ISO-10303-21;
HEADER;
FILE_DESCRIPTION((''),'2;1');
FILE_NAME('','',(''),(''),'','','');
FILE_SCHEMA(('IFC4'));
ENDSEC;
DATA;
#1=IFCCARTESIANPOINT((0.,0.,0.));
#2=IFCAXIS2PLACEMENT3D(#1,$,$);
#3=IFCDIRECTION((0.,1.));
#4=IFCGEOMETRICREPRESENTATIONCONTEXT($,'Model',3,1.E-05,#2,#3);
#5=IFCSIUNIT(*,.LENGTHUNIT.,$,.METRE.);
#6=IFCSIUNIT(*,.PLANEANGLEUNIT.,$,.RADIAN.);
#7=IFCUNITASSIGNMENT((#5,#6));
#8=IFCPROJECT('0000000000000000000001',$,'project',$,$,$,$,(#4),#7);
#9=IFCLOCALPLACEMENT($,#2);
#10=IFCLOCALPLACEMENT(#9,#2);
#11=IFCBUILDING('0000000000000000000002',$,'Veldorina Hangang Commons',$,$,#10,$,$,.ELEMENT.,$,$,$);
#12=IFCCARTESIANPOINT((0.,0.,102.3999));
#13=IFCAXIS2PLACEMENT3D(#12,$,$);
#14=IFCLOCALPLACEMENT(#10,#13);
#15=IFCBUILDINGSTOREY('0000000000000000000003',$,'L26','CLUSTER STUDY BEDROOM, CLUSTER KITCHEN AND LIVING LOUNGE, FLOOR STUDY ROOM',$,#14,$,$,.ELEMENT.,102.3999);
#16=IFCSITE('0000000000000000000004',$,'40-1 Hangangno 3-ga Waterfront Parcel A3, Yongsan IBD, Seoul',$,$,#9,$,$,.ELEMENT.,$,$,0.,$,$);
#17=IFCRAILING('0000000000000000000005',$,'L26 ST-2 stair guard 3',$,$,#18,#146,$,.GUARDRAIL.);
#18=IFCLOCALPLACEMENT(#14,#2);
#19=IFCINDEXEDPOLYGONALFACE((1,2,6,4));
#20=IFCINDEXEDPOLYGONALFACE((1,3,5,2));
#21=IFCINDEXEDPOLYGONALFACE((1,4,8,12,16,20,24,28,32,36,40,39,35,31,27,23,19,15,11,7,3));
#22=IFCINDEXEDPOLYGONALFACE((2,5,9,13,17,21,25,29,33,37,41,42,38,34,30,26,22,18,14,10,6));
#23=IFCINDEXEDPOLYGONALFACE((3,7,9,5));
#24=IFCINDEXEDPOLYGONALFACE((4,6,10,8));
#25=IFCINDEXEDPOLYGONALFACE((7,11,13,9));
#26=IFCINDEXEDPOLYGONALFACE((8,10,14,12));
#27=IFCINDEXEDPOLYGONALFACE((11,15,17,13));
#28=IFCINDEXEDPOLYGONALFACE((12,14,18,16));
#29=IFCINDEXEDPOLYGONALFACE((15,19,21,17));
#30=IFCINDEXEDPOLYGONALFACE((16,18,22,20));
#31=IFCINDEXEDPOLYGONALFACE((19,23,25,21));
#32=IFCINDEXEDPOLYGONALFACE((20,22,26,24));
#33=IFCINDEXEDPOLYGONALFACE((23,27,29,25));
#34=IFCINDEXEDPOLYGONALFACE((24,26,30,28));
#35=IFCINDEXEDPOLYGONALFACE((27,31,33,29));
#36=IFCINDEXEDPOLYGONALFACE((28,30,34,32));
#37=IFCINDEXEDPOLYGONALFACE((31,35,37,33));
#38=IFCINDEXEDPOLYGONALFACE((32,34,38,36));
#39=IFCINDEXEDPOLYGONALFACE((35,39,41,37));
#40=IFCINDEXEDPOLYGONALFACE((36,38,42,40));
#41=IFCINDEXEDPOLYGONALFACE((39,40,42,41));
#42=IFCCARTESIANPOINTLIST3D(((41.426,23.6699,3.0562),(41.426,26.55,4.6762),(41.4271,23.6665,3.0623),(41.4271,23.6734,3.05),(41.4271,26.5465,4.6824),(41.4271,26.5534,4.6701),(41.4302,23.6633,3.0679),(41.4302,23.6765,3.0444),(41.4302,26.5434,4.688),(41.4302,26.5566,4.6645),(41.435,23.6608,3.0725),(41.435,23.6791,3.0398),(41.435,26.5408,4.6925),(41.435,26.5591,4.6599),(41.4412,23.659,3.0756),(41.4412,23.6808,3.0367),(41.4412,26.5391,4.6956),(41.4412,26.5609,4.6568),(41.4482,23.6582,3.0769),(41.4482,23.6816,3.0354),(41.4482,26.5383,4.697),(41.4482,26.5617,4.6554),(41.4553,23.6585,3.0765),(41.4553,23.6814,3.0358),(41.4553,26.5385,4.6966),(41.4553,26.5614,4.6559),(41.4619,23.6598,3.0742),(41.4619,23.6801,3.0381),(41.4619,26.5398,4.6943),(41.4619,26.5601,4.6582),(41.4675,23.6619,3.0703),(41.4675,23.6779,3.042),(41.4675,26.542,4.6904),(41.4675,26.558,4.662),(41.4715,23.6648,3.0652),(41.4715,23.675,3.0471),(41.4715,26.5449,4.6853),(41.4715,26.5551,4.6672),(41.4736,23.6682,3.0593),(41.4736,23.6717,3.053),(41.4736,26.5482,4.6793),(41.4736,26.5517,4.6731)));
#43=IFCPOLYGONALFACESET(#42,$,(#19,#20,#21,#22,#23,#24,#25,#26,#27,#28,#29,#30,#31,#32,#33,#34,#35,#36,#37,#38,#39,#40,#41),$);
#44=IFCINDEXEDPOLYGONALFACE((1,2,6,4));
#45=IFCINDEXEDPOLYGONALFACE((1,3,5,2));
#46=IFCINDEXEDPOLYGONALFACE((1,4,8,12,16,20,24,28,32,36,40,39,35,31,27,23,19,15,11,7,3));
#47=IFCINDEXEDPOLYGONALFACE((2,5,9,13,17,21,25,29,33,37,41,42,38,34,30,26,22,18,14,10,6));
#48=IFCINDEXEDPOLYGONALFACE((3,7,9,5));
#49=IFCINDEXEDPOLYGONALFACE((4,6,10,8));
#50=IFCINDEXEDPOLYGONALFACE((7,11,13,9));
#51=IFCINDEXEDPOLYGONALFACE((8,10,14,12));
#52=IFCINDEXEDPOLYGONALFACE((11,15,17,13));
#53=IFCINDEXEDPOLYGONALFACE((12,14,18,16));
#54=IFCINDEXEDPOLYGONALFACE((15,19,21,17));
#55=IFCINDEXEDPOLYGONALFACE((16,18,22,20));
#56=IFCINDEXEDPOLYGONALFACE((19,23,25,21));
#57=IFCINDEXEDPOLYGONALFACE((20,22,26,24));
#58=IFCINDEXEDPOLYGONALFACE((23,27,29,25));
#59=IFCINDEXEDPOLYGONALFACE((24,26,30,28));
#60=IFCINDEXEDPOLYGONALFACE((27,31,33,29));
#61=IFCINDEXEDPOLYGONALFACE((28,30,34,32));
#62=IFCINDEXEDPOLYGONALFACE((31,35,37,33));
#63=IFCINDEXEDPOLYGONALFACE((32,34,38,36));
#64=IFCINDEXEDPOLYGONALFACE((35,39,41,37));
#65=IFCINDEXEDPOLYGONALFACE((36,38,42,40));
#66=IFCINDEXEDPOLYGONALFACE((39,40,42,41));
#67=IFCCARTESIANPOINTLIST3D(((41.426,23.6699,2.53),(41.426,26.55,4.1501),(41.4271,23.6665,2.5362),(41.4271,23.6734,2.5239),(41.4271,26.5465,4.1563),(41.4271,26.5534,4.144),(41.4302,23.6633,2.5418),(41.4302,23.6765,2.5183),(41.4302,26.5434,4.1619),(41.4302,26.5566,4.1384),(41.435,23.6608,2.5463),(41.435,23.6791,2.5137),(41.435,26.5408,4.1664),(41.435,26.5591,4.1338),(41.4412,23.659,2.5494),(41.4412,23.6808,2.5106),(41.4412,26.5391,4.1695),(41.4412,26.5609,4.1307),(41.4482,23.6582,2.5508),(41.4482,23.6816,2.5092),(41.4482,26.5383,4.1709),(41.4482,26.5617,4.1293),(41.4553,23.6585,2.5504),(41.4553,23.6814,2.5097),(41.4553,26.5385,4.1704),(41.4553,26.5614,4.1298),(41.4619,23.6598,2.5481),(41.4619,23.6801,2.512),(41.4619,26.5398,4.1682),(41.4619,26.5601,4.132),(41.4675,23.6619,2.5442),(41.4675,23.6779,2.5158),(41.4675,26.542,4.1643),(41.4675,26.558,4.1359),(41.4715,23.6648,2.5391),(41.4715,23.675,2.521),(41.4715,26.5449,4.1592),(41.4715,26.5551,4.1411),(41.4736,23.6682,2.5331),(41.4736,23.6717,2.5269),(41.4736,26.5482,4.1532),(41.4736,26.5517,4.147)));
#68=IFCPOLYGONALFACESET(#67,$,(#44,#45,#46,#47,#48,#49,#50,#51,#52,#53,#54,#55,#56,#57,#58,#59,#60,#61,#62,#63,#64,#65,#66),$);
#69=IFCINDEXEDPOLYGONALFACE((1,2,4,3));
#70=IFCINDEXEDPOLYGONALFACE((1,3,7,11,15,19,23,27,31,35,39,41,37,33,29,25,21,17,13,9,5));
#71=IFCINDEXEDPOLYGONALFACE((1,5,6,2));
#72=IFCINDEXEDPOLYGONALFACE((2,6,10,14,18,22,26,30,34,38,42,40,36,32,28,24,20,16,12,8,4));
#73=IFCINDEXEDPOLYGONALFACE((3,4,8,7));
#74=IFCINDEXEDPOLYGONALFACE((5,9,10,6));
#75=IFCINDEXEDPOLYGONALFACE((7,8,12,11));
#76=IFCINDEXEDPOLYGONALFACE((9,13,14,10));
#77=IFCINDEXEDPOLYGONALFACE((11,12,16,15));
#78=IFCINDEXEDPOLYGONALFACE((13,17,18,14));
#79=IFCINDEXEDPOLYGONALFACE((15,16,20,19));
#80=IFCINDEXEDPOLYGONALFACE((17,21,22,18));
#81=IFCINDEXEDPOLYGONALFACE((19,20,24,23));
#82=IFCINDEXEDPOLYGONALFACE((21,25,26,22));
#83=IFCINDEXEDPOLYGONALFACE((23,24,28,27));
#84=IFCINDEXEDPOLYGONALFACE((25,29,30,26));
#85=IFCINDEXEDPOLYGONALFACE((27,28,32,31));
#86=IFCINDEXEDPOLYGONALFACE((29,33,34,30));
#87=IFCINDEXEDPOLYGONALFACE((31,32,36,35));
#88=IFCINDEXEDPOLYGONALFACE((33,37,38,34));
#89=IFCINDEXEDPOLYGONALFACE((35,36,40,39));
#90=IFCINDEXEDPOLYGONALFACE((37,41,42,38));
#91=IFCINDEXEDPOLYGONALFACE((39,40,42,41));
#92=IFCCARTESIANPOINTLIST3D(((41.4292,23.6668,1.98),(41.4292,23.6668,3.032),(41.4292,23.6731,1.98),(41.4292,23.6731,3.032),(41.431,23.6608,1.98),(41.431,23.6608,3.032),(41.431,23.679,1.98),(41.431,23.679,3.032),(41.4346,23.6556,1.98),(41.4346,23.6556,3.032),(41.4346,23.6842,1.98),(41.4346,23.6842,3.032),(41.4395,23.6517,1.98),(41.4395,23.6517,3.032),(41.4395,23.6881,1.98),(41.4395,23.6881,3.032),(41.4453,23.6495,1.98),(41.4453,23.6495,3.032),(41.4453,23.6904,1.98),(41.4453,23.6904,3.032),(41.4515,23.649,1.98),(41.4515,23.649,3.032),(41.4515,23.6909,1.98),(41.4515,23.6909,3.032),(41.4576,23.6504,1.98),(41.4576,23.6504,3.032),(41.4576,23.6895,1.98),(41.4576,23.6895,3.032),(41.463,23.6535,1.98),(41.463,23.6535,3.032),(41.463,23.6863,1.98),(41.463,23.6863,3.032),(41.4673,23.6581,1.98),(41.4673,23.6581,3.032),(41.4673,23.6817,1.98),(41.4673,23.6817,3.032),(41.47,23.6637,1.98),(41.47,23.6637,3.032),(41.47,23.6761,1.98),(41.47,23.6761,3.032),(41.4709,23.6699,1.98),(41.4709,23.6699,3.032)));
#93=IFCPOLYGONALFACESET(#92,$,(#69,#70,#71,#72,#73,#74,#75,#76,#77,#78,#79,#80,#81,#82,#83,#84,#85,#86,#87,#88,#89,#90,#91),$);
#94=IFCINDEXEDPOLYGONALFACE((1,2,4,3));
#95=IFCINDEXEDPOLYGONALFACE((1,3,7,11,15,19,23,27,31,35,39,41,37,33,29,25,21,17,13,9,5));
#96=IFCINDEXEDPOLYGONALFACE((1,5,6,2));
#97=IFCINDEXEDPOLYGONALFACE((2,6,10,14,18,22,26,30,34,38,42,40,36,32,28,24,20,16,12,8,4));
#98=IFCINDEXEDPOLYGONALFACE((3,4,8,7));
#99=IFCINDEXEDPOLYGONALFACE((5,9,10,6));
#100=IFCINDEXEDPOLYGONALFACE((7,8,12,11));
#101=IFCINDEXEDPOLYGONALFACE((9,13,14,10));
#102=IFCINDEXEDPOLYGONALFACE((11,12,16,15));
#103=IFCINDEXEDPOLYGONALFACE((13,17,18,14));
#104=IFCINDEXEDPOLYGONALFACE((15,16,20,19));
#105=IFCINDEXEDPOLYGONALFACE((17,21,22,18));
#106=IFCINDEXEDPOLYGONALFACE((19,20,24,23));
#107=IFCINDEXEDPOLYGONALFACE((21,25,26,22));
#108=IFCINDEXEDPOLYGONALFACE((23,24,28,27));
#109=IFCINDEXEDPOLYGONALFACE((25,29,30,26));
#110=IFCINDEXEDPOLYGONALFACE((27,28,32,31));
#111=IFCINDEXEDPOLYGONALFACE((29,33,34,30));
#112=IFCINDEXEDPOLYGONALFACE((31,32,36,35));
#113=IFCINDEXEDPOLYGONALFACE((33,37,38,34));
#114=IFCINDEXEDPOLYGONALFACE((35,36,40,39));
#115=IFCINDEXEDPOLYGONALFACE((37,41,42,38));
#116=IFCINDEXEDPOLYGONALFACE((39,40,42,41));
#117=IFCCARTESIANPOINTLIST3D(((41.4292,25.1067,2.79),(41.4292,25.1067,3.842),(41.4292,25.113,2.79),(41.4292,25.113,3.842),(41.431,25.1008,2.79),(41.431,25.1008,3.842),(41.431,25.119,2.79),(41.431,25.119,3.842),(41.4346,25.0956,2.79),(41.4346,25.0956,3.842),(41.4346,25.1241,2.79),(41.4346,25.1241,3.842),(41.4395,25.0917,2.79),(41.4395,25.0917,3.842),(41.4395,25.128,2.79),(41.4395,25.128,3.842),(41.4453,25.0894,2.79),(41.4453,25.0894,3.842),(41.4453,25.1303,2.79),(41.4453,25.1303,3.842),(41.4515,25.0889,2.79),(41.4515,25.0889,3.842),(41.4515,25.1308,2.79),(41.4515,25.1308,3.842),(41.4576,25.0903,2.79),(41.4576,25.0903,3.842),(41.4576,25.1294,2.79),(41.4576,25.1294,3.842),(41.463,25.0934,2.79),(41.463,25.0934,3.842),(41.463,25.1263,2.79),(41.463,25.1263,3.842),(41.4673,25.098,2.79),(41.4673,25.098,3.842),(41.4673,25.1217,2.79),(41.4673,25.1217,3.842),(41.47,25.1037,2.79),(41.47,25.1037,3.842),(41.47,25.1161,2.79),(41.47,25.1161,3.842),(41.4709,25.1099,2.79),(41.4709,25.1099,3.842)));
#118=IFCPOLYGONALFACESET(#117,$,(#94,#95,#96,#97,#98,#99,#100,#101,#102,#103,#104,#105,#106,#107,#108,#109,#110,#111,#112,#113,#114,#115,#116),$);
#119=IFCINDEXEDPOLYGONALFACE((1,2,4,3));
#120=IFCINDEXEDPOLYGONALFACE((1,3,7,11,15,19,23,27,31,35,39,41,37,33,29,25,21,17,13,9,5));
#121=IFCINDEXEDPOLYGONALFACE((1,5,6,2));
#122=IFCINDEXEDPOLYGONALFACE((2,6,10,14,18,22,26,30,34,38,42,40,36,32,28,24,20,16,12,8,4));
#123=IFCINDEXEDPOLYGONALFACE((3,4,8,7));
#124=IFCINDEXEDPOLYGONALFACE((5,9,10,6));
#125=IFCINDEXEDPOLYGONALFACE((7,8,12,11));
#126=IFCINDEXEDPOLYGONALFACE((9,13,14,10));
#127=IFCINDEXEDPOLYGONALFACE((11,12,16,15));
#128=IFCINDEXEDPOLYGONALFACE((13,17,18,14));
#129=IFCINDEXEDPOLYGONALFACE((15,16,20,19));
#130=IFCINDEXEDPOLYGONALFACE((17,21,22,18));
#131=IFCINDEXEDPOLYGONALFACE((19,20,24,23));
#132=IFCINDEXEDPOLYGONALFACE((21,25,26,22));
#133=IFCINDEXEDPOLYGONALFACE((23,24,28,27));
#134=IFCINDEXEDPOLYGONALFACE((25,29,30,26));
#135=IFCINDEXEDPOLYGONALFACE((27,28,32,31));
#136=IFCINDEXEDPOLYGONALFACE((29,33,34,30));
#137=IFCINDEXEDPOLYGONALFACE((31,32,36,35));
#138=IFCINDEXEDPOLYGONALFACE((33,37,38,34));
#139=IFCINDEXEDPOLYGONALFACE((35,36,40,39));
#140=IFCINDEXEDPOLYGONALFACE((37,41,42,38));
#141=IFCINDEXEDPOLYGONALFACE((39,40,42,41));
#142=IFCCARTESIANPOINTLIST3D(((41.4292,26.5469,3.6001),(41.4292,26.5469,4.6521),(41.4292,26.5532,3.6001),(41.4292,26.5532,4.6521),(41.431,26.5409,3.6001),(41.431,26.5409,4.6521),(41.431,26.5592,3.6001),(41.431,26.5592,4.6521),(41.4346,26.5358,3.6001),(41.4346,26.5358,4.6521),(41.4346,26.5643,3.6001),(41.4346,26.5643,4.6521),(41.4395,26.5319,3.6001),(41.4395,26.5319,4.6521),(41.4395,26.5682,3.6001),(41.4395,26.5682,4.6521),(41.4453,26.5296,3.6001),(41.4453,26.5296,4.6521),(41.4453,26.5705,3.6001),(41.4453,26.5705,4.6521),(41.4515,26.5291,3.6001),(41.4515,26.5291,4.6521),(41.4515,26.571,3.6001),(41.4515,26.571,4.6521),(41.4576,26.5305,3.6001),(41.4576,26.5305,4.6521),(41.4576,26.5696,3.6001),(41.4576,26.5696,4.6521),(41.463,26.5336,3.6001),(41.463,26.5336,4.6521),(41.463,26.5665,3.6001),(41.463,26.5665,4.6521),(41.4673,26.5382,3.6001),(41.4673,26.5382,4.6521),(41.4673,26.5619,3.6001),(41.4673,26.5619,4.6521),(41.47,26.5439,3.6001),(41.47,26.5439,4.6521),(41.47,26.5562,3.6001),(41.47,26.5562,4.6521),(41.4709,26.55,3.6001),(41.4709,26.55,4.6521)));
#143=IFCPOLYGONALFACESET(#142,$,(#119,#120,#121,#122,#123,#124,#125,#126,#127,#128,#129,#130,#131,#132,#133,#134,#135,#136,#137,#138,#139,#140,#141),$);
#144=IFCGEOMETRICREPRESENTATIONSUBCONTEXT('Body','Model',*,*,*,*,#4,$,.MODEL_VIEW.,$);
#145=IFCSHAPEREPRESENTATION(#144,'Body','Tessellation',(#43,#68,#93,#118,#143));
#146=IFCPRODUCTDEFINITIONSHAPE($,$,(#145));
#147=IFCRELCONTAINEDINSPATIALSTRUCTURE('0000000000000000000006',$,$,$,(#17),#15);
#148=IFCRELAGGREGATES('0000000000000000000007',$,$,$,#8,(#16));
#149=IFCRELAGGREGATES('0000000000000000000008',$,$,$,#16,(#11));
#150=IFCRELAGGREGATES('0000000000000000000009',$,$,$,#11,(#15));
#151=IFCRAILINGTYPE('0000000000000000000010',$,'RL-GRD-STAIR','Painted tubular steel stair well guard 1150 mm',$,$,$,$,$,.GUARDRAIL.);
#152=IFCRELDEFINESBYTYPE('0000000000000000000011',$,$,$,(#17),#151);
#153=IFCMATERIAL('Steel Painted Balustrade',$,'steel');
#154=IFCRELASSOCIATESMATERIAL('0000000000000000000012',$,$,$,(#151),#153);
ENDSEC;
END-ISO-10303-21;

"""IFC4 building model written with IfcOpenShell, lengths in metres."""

from ifc_helpers import new_model, si_unit, direction, frame, origin, origin_2d, place, context, subcontext, project, spatial, circle, extrude, material, type_object, element, save


model = new_model("IFC4")

# Units and contexts
model_context = context("Model", 3, precision=1e-05, world=origin(), true_north=direction((0.0, 1.0)))
body_context = subcontext(model_context, "Body", "Model", "MODEL_VIEW")
ifc_project = project(units=[si_unit("LENGTHUNIT", "METRE"), si_unit("PLANEANGLEUNIT", "RADIAN")], contexts=[model_context])

# Site, building, storey
site_placement = place(None, origin())
site = spatial("IfcSite", under=ifc_project, at=site_placement, Name="40-1 Hangangno 3-ga Waterfront Parcel A3, Yongsan IBD, Seoul", CompositionType="ELEMENT", RefElevation=0.0)
building_placement = place(site_placement, origin())
building = spatial("IfcBuilding", under=site, at=building_placement, Name="Veldorina Hangang Commons", CompositionType="ELEMENT")
storey_placement = place(building_placement, frame((0.0, 0.0, 102.3999)))
storey = spatial("IfcBuildingStorey", under=building, at=storey_placement, Name="L26", Description="CLUSTER STUDY BEDROOM, CLUSTER KITCHEN AND LIVING LOUNGE, FLOOR STUDY ROOM", CompositionType="ELEMENT", Elevation=102.3999)

# Railing
ifc_material_1 = material(Name="Steel Painted Balustrade", Category="steel")
railing_type = type_object("IfcRailingType", Name="RL-GRD-STAIR", Description="Painted tubular steel stair well guard 1150 mm", PredefinedType="GUARDRAIL", material=ifc_material_1)
railing_1_placement = place(storey_placement, frame((41.45, 23.6699, 1.98)))
element("IfcRailing", 1, at=railing_1_placement, inside=storey, type_object=railing_type, Name="L26 ST-2 stair guard 3", PredefinedType="GUARDRAIL", context=body_context, shape_type="SweptSolid", body=[
    extrude(circle(Radius=0.0239, at=origin_2d()), frame((0.0, 0.0, 1.0762), z_axis=(0.0, 0.87157, 0.490272), x_axis=(-1.0, 0.0, 0.0)), (0.0, 0.0, 1.0), 3.3044),
    extrude(circle(Radius=0.0239, at=origin_2d()), frame((0.0, 0.0, 0.55), z_axis=(0.0, 0.87157, 0.490272), x_axis=(-1.0, 0.0, 0.0)), (0.0, 0.0, 1.0), 3.3044),
    extrude(circle(Radius=0.021, at=origin_2d()), origin(), (0.0, 0.0, 1.0), 1.052),
    extrude(circle(Radius=0.021, at=origin_2d()), frame((0.0, 1.4399, 0.8101)), (0.0, 0.0, 1.0), 1.052),
    extrude(circle(Radius=0.021, at=origin_2d()), frame((0.0, 2.8801, 1.6201)), (0.0, 0.0, 1.0), 1.052),
])

save(model, "model.ifc")
